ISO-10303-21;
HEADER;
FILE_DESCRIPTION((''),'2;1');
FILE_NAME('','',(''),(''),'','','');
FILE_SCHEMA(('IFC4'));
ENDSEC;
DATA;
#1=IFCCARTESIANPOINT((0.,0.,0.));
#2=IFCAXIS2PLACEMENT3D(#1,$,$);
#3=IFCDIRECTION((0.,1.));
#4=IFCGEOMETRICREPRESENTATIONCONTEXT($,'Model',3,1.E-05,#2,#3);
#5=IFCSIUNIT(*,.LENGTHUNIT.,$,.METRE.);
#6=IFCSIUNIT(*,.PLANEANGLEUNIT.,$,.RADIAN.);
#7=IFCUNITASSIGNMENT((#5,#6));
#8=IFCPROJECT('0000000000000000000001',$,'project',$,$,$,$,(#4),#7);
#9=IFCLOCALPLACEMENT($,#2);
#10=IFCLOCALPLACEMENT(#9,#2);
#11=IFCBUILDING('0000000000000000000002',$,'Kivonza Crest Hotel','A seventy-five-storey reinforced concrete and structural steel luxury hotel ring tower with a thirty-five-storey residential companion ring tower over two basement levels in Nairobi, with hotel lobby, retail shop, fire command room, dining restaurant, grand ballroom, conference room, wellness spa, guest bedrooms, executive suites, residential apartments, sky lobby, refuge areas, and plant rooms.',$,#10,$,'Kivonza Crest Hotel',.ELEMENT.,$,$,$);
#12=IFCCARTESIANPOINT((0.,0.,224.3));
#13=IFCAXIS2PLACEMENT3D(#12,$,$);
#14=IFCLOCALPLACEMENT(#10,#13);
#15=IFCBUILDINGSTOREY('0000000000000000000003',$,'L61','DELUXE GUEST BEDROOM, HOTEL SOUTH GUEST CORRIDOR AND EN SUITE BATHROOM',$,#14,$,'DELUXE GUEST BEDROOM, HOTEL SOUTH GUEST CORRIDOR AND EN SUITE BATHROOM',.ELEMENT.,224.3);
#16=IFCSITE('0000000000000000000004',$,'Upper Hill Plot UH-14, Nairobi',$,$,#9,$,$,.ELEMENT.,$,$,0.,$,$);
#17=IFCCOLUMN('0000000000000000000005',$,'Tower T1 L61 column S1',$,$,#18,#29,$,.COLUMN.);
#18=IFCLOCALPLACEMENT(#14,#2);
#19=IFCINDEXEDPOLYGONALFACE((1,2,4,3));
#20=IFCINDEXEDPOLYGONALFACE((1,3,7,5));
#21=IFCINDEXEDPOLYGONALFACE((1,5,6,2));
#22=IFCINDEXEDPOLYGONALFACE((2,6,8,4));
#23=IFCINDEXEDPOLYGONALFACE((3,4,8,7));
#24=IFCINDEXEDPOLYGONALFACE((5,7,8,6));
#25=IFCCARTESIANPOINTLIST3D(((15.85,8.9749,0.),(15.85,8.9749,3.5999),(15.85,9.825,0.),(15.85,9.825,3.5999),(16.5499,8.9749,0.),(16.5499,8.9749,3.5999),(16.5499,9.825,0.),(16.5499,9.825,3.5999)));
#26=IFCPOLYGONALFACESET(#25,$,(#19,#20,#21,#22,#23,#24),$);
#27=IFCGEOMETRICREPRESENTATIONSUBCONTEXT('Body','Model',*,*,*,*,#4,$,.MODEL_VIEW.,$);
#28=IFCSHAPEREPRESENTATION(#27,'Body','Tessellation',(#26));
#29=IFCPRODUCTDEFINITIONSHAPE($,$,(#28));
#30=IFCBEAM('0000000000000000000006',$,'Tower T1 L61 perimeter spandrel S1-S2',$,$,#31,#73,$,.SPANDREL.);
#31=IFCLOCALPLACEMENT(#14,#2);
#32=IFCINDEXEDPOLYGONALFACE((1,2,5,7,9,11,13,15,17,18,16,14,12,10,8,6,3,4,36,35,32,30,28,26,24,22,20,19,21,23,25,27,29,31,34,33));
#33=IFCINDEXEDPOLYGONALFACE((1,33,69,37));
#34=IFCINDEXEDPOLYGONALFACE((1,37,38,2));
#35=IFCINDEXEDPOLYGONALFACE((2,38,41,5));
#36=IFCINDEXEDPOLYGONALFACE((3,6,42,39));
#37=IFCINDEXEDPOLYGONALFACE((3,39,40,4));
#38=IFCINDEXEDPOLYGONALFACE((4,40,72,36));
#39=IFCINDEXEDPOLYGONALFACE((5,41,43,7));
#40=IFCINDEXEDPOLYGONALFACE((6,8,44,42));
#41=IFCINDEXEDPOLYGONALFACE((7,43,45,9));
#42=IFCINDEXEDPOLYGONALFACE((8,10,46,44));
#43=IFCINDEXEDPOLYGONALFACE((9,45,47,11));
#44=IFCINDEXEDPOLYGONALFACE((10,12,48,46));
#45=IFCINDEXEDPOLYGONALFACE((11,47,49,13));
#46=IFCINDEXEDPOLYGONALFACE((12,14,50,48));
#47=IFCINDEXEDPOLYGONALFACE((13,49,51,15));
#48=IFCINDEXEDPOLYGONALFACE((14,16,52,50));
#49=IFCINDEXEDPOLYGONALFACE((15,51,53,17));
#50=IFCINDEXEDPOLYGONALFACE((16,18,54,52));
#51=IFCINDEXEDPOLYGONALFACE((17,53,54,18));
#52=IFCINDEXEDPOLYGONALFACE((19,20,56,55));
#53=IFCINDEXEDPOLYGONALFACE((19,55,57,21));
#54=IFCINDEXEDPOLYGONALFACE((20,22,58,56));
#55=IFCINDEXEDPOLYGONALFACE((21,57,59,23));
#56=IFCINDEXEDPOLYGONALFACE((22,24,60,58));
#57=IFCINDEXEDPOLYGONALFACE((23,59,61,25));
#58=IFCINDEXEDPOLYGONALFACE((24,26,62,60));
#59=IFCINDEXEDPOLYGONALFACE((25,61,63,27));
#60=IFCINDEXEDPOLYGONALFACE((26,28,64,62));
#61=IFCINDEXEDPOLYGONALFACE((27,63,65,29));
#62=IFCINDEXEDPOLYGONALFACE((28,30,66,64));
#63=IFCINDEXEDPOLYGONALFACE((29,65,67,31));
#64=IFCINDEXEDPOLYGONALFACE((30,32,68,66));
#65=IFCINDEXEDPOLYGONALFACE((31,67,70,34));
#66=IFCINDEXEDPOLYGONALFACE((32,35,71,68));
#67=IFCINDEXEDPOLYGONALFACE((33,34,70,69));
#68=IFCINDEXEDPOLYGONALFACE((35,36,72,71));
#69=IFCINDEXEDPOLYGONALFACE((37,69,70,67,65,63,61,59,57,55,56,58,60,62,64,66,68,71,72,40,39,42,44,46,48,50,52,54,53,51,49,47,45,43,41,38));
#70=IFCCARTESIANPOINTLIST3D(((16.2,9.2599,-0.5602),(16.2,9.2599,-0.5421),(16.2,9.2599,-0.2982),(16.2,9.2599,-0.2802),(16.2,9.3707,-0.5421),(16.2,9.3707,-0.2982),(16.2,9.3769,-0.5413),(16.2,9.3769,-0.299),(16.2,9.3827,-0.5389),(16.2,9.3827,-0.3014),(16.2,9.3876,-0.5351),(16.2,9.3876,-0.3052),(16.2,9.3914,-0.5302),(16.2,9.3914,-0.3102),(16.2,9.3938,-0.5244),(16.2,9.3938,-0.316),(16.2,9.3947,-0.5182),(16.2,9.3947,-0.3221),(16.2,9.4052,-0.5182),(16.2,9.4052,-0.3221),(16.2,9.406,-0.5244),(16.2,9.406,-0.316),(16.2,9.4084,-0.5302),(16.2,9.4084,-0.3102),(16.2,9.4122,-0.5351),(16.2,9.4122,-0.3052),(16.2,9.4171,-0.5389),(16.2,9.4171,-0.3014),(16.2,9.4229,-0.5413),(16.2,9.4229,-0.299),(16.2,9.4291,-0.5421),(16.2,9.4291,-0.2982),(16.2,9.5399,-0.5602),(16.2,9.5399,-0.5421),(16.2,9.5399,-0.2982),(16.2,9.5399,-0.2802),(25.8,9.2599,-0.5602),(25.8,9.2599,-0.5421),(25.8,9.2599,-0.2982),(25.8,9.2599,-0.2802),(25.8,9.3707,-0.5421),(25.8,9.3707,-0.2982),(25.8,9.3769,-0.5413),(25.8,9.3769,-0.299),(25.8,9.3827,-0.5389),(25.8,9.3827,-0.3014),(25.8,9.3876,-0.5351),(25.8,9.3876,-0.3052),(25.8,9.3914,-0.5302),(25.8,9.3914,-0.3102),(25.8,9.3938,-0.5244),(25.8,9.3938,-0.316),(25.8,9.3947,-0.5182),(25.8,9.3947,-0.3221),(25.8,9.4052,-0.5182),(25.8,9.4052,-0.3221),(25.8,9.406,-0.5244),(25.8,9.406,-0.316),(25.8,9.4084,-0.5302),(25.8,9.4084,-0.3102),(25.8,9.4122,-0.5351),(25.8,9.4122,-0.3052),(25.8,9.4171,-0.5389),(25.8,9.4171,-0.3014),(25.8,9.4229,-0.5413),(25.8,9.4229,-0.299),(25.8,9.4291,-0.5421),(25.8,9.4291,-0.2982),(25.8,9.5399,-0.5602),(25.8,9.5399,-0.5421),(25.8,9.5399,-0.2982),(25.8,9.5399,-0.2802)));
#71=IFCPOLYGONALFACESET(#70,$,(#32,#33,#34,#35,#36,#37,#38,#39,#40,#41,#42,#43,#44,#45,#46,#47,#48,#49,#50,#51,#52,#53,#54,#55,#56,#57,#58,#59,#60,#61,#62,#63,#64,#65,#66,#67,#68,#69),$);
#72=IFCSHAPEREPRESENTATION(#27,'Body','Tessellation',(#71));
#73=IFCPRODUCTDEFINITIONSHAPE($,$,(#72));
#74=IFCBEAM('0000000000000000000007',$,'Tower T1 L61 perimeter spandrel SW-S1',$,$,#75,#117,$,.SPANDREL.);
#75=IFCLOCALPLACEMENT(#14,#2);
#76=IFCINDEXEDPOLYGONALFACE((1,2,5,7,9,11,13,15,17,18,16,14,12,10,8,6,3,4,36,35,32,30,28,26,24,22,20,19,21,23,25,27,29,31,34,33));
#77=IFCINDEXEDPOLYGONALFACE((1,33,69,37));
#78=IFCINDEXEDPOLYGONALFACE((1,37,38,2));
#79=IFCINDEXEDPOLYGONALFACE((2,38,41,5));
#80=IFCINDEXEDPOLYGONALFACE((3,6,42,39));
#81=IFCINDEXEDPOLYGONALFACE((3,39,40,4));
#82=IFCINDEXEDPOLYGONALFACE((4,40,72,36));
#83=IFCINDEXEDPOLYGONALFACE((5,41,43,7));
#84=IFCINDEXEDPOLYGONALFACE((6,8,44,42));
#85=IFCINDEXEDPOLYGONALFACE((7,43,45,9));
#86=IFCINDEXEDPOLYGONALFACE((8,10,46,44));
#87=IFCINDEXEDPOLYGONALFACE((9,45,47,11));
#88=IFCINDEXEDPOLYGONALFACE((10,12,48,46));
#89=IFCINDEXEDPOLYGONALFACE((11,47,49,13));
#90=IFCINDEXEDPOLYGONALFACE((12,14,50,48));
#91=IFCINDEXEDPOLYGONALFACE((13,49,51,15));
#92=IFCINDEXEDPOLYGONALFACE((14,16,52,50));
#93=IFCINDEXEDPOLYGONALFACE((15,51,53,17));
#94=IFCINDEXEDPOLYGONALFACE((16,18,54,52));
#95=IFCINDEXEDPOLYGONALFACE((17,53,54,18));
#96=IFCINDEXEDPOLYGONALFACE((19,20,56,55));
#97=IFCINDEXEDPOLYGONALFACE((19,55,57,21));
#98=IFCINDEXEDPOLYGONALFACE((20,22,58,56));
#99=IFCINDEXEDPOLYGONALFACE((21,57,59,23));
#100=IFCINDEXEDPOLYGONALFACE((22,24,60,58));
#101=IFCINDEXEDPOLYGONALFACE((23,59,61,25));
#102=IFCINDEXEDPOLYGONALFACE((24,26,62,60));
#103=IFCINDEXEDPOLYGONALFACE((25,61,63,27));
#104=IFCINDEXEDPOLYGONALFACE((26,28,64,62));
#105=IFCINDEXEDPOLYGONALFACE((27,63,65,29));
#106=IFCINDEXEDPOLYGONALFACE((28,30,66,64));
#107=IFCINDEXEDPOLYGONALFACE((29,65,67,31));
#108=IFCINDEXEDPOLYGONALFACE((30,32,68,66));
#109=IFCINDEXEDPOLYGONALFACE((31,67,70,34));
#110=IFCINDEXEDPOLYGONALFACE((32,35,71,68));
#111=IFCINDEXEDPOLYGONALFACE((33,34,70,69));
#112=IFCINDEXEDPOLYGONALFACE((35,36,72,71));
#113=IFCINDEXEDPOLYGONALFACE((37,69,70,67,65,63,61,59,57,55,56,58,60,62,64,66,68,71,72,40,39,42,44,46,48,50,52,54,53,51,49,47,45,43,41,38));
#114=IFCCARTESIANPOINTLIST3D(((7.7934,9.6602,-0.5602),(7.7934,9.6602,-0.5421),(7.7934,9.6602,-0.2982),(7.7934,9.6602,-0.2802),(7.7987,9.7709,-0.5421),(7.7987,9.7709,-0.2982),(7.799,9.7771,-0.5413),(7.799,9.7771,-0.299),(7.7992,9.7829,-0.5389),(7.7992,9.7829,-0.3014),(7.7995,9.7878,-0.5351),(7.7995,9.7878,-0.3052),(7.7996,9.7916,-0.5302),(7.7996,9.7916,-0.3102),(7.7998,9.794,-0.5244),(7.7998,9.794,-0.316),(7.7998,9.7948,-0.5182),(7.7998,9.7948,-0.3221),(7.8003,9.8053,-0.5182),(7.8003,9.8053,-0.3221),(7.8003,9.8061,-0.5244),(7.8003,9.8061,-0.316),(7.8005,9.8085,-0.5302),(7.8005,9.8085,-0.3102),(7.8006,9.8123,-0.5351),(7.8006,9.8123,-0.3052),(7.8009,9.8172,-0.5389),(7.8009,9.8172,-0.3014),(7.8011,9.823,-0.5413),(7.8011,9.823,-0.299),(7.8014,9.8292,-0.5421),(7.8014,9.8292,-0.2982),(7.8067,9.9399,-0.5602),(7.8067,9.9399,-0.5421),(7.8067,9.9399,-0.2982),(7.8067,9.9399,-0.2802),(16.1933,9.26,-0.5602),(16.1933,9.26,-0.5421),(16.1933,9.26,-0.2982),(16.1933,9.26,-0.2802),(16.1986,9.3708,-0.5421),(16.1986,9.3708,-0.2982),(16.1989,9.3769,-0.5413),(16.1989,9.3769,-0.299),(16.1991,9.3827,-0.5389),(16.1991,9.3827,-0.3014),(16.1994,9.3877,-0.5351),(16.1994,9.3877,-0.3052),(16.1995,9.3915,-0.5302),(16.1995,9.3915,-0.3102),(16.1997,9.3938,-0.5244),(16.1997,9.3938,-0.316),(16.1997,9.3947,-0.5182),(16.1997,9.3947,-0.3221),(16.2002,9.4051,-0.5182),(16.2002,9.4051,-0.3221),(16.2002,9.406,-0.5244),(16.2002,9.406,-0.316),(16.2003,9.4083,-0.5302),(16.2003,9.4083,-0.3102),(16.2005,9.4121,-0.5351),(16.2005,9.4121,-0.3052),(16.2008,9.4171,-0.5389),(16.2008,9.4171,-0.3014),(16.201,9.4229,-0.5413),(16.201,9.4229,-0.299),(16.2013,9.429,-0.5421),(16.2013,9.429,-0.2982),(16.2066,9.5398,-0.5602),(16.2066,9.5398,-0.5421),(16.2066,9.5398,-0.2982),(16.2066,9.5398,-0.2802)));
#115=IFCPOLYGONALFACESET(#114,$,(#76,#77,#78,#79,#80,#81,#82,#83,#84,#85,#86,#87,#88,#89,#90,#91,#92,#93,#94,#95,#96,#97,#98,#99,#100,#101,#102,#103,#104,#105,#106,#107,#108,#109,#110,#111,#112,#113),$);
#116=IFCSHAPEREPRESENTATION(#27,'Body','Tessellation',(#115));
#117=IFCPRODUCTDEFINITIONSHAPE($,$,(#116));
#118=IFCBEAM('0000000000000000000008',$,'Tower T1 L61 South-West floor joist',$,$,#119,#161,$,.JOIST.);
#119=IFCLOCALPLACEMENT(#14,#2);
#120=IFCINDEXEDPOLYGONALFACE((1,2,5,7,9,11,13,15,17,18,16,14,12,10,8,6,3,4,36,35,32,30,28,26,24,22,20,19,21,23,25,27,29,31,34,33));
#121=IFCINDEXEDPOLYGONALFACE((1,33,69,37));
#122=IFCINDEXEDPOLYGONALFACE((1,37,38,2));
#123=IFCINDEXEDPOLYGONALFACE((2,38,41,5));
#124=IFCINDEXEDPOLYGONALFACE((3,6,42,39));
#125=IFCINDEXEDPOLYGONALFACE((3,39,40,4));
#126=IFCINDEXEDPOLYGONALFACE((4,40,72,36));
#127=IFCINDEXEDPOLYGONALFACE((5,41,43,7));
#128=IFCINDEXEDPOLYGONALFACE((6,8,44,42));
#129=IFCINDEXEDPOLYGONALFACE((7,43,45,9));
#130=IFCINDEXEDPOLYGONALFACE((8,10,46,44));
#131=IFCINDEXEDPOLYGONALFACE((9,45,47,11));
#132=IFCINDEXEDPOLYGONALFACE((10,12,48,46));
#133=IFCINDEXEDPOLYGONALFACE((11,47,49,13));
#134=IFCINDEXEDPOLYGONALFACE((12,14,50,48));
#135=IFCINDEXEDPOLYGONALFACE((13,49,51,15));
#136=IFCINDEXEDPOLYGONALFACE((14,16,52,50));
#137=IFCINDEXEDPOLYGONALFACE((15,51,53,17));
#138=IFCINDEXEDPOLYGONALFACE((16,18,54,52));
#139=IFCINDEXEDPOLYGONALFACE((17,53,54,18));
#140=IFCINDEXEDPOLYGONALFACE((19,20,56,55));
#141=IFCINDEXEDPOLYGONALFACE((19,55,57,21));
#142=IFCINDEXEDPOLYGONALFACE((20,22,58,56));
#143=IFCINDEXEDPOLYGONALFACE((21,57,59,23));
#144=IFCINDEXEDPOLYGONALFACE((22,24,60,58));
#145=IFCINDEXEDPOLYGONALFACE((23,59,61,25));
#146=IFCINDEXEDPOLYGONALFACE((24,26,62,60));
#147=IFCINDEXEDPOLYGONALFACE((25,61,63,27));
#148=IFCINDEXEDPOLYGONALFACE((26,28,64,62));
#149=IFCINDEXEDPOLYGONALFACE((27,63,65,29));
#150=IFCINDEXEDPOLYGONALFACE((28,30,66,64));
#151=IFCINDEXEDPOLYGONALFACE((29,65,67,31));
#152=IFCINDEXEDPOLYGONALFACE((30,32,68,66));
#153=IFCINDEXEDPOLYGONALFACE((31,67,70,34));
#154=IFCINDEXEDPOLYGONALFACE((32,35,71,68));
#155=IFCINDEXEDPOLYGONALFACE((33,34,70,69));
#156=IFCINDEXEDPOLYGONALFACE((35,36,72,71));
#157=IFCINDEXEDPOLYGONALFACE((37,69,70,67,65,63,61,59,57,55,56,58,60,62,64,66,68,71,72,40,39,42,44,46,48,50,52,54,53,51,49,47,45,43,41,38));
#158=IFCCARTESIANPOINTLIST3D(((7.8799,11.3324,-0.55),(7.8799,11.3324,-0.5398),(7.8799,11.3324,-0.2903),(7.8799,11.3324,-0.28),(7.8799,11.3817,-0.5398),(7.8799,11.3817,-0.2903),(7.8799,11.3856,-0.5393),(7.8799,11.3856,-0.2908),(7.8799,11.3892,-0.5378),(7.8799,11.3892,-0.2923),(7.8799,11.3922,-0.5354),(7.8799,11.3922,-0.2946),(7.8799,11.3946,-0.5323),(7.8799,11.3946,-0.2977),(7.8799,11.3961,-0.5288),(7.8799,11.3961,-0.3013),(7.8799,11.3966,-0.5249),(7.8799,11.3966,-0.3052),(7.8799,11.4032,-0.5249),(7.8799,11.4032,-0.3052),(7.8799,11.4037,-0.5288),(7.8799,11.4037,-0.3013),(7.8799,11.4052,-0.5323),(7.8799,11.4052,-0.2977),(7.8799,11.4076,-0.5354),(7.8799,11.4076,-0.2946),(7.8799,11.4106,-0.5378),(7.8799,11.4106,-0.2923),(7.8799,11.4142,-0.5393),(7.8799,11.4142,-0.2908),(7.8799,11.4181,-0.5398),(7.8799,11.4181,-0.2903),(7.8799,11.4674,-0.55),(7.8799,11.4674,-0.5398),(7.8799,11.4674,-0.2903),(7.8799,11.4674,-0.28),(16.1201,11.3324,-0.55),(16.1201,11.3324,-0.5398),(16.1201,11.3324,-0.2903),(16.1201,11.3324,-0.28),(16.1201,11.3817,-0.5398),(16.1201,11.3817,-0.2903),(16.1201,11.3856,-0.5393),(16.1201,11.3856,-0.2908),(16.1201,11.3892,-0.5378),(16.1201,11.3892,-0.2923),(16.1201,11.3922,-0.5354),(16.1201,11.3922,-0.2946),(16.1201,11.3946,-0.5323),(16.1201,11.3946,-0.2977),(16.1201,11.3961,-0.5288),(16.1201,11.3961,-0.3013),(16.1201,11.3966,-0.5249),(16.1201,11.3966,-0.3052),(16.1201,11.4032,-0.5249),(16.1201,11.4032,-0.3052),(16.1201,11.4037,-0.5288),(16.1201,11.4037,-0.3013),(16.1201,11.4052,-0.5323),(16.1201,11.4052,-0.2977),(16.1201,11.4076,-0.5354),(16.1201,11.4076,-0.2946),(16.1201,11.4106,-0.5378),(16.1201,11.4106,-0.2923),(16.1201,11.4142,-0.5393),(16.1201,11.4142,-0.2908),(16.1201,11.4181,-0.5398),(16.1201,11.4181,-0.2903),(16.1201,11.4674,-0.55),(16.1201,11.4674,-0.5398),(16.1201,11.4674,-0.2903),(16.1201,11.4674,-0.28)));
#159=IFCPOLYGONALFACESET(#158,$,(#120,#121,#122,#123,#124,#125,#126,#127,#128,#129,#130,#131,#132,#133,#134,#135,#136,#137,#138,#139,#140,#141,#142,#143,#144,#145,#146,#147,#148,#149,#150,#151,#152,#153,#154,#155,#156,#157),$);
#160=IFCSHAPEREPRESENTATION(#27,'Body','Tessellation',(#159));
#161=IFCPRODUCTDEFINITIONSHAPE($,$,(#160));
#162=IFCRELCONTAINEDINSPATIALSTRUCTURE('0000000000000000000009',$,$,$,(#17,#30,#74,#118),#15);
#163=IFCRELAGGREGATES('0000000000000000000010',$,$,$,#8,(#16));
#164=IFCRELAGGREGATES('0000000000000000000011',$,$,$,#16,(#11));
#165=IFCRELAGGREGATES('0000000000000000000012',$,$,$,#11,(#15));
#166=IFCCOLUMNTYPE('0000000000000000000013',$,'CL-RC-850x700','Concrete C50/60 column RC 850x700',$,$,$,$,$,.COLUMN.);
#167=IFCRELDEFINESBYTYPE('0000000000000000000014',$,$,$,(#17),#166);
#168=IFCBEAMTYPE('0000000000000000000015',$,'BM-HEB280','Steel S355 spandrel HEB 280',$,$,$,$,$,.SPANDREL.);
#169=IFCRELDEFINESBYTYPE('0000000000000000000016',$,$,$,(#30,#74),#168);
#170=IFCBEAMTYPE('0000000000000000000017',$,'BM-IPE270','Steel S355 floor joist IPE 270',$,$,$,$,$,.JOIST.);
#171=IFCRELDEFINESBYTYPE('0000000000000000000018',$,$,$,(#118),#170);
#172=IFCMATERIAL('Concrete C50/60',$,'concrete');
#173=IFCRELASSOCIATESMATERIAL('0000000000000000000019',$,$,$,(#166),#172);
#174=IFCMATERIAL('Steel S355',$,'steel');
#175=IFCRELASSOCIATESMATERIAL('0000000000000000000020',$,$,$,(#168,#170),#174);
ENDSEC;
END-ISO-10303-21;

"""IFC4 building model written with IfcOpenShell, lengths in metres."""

from ifc_helpers import new_model, si_unit, direction, frame, origin, origin_2d, place, context, subcontext, project, spatial, rectangle, i_section, extrude, material, material_profile, profile_set, type_object, element, save


model = new_model("IFC4")

# Units and contexts
model_context = context("Model", 3, precision=1e-05, world=origin(), true_north=direction((0.0, 1.0)))
body_context = subcontext(model_context, "Body", "Model", "MODEL_VIEW")
ifc_project = project(units=[si_unit("LENGTHUNIT", "METRE"), si_unit("PLANEANGLEUNIT", "RADIAN")], contexts=[model_context])

# Site, building, storey
site_placement = place(None, origin())
site = spatial("IfcSite", under=ifc_project, at=site_placement, Name="Upper Hill Plot UH-14, Nairobi", CompositionType="ELEMENT", RefElevation=0.0)
building_placement = place(site_placement, origin())
building = spatial("IfcBuilding", under=site, at=building_placement, Name="Kivonza Crest Hotel", Description="A seventy-five-storey reinforced concrete and structural steel luxury hotel ring tower with a thirty-five-storey residential companion ring tower over two basement levels in Nairobi, with hotel lobby, retail shop, fire command room, dining restaurant, grand ballroom, conference room, wellness spa, guest bedrooms, executive suites, residential apartments, sky lobby, refuge areas, and plant rooms.", LongName="Kivonza Crest Hotel", CompositionType="ELEMENT")
storey_placement = place(building_placement, frame((0.0, 0.0, 224.3)))
storey = spatial("IfcBuildingStorey", under=building, at=storey_placement, Name="L61", Description="DELUXE GUEST BEDROOM, HOTEL SOUTH GUEST CORRIDOR AND EN SUITE BATHROOM", LongName="DELUXE GUEST BEDROOM, HOTEL SOUTH GUEST CORRIDOR AND EN SUITE BATHROOM", CompositionType="ELEMENT", Elevation=224.3)

# Column
ifc_material_1 = material(Name="Concrete C50/60", Category="concrete")
ifc_material_profile_1 = material_profile(ifc_material_1, rectangle(XDim=0.7, YDim=0.8501, at=origin_2d()), Name="RC 850x700")
ifc_profile_set_1 = profile_set([ifc_material_profile_1], Name="Concrete C50/60")
column_type = type_object("IfcColumnType", Name="CL-RC-850x700", Description="Concrete C50/60 column RC 850x700", PredefinedType="COLUMN", material=ifc_profile_set_1)
column_placement = place(storey_placement, frame((16.2, 9.3999, 0.0), z_axis=(0.0, 0.0, 1.0), x_axis=(1.0, 0.0, 0.0)))
element("IfcColumn", 1, at=column_placement, inside=storey, type_object=column_type, Name="Tower T1 L61 column S1", PredefinedType="COLUMN", context=body_context, shape_type="SweptSolid", body=[
    extrude(rectangle(XDim=0.7, YDim=0.8501, at=origin_2d()), origin(), (0.0, 0.0, 1.0), 3.5999),
])

# Beams
ifc_material_2 = material(Name="Steel S355", Category="steel")
ifc_material_profile_2 = material_profile(ifc_material_2, i_section(OverallWidth=0.28, OverallDepth=0.28, WebThickness=0.0105, FlangeThickness=0.0181, FilletRadius=0.0239, at=origin_2d()), Name="HEB 280")
ifc_profile_set_2 = profile_set([ifc_material_profile_2], Name="Steel S355")
beam_type_1 = type_object("IfcBeamType", Name="BM-HEB280", Description="Steel S355 spandrel HEB 280", PredefinedType="SPANDREL", material=ifc_profile_set_2)
beam_1_placement = place(storey_placement, frame((16.2, 9.3999, -0.4202), z_axis=(1.0, 0.0, 0.0), x_axis=(0.0, 1.0, 0.0)))
element("IfcBeam", 2, at=beam_1_placement, inside=storey, type_object=beam_type_1, Name="Tower T1 L61 perimeter spandrel S1-S2", PredefinedType="SPANDREL", context=body_context, shape_type="SweptSolid", body=[
    extrude(i_section(OverallWidth=0.28, OverallDepth=0.28, WebThickness=0.0105, FlangeThickness=0.0181, FilletRadius=0.0239, at=origin_2d()), origin(), (0.0, 0.0, 1.0), 9.6001),
])
beam_2_placement = place(storey_placement, frame((7.8, 9.8, -0.4202), z_axis=(0.998867, -0.047583, 0.0), x_axis=(0.047583, 0.998867, 0.0)))
element("IfcBeam", 3, at=beam_2_placement, inside=storey, type_object=beam_type_1, Name="Tower T1 L61 perimeter spandrel SW-S1", PredefinedType="SPANDREL", context=body_context, shape_type="SweptSolid", body=[
    extrude(i_section(OverallWidth=0.28, OverallDepth=0.28, WebThickness=0.0105, FlangeThickness=0.0181, FilletRadius=0.0239, at=origin_2d()), origin(), (0.0, 0.0, 1.0), 8.4094),
])
ifc_material_profile_3 = material_profile(ifc_material_2, i_section(OverallWidth=0.135, OverallDepth=0.27, WebThickness=0.0066, FlangeThickness=0.0103, FilletRadius=0.0149, at=origin_2d()), Name="IPE 270")
ifc_profile_set_3 = profile_set([ifc_material_profile_3], Name="Steel S355")
beam_type_2 = type_object("IfcBeamType", Name="BM-IPE270", Description="Steel S355 floor joist IPE 270", PredefinedType="JOIST", material=ifc_profile_set_3)
beam_3_placement = place(storey_placement, frame((7.8799, 11.3999, -0.415), z_axis=(1.0, 0.0, 0.0), x_axis=(0.0, 1.0, 0.0)))
element("IfcBeam", 4, at=beam_3_placement, inside=storey, type_object=beam_type_2, Name="Tower T1 L61 South-West floor joist", PredefinedType="JOIST", context=body_context, shape_type="SweptSolid", body=[
    extrude(i_section(OverallWidth=0.135, OverallDepth=0.27, WebThickness=0.0066, FlangeThickness=0.0103, FilletRadius=0.0149, at=origin_2d()), origin(), (0.0, 0.0, 1.0), 8.2402),
])

save(model, "model.ifc")
